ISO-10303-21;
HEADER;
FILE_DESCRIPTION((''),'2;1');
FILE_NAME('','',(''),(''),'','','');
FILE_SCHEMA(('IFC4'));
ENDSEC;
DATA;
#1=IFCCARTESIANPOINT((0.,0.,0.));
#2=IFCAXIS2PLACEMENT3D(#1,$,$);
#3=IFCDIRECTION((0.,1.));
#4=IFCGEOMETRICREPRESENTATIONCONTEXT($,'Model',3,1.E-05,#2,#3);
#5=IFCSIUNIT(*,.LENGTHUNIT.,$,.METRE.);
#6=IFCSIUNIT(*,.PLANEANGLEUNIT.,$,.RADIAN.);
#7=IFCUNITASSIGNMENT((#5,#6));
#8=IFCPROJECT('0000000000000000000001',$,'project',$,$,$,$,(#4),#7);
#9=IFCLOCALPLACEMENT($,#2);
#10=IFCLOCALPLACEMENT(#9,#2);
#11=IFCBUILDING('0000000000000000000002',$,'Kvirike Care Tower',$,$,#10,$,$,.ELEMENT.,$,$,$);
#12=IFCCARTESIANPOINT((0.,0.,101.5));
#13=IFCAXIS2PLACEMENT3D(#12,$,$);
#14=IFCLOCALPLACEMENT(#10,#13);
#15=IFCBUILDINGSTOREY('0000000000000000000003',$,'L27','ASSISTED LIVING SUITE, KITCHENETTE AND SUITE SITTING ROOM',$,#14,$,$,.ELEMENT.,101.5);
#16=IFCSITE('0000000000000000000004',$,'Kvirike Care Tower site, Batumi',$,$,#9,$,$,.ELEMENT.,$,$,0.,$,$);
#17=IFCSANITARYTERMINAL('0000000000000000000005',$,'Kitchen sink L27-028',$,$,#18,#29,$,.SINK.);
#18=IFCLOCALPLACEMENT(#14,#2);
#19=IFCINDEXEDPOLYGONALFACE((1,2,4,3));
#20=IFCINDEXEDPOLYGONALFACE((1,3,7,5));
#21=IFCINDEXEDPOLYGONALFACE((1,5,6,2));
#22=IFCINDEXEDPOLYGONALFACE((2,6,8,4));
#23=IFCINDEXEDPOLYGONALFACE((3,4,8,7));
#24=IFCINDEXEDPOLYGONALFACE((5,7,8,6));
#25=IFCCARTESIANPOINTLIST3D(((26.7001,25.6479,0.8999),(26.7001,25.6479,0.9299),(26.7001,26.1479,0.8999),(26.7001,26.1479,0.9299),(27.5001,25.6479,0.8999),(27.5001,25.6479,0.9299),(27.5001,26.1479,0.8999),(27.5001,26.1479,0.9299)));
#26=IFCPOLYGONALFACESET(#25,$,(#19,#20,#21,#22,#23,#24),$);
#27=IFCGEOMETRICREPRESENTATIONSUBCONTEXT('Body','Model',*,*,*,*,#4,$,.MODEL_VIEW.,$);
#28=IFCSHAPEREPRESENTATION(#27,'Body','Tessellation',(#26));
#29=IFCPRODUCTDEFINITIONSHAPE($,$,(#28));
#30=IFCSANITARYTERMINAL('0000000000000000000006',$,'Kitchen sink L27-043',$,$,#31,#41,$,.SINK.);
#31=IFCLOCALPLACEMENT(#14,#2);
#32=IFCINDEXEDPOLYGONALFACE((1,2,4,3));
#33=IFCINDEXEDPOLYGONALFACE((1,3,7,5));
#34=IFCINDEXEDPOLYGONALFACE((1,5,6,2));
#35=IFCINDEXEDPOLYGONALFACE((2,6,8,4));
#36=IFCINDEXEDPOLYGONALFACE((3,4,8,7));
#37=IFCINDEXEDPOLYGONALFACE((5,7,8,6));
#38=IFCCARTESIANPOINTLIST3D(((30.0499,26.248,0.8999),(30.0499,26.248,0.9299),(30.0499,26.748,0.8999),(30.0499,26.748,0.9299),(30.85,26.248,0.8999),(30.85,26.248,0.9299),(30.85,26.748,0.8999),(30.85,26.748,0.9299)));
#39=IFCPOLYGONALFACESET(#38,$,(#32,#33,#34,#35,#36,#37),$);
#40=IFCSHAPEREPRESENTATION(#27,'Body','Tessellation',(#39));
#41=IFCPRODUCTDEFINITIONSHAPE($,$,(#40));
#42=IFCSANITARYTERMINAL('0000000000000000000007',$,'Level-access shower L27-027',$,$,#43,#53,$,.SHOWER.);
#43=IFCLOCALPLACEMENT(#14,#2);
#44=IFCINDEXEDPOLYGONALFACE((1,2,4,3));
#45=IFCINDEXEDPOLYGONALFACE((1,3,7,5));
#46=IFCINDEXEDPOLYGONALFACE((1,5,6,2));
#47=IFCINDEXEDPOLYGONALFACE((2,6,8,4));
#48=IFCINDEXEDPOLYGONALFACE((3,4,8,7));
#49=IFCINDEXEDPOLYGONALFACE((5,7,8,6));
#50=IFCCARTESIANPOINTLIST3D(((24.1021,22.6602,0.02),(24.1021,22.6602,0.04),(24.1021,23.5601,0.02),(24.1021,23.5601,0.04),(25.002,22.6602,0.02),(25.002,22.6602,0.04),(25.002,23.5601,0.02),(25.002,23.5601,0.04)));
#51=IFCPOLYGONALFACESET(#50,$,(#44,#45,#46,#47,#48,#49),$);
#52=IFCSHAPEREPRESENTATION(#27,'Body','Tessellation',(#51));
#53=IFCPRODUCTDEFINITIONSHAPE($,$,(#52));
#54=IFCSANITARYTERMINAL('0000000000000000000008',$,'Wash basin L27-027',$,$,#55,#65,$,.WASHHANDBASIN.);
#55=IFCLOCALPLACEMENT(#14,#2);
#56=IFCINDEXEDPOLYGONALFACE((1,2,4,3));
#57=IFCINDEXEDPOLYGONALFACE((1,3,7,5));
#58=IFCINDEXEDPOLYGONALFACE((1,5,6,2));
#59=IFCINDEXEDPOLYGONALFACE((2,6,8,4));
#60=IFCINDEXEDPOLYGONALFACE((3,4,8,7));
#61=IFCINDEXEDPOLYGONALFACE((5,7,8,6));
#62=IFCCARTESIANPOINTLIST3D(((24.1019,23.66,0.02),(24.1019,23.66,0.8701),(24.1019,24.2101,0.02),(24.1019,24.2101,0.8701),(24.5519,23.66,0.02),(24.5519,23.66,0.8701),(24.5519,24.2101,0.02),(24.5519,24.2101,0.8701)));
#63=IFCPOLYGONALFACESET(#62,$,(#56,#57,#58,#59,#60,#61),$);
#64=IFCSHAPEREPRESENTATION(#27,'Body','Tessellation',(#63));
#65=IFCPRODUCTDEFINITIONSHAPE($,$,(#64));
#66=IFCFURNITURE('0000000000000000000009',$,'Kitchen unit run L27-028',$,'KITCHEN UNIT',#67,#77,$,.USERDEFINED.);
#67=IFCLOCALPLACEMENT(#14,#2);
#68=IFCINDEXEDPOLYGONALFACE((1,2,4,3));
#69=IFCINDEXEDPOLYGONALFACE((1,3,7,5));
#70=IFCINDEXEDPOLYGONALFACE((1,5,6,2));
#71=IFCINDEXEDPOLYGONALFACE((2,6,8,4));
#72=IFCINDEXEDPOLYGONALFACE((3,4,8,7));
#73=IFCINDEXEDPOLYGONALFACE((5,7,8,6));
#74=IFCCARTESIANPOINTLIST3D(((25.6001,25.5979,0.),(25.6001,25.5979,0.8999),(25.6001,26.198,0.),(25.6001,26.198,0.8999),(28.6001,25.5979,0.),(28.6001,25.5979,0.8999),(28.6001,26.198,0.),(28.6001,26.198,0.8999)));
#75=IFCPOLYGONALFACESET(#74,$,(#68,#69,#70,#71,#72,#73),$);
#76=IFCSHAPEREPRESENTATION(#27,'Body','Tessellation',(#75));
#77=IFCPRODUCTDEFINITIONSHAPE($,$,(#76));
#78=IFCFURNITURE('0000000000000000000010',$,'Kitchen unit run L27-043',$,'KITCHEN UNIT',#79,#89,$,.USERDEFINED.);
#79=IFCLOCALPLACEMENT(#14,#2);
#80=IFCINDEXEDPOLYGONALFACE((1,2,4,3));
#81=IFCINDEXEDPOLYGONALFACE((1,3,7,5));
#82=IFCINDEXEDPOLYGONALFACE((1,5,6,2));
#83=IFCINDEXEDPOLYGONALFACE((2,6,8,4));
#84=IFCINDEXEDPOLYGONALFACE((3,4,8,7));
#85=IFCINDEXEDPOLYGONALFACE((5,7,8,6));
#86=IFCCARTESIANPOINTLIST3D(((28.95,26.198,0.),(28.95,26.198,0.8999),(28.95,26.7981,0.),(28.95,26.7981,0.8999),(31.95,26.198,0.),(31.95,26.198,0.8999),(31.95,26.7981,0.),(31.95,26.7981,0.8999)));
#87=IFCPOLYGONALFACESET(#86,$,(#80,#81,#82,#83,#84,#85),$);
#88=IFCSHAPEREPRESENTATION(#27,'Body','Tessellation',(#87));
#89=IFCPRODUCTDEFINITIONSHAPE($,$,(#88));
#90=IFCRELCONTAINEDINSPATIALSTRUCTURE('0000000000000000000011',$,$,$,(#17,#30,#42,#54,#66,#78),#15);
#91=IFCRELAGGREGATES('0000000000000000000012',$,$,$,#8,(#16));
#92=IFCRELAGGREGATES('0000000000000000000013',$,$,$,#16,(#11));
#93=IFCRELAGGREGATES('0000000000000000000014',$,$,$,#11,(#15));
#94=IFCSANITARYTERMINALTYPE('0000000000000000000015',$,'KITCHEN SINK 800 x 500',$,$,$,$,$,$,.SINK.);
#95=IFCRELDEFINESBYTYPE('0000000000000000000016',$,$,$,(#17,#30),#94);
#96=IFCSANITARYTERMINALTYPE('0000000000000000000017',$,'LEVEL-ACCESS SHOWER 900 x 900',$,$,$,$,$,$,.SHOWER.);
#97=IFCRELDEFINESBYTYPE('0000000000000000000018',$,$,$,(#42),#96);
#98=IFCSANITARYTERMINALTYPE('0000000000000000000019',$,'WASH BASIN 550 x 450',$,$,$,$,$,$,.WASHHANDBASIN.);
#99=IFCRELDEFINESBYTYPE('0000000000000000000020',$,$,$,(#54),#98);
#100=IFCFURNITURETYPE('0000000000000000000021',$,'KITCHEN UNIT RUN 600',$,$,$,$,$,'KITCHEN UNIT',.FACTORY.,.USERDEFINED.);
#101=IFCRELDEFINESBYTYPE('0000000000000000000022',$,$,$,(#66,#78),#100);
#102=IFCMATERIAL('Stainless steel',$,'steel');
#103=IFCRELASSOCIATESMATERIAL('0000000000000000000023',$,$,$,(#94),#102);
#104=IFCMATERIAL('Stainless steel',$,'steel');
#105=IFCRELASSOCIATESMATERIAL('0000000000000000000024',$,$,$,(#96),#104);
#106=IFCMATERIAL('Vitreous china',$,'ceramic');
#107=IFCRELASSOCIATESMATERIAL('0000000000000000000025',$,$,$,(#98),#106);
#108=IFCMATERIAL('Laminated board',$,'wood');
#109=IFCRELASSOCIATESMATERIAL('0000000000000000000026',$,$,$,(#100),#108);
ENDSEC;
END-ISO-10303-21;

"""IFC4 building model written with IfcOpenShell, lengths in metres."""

from ifc_helpers import new_model, si_unit, direction, frame, origin, origin_2d, place, context, subcontext, project, spatial, rectangle, extrude, material, type_object, element, save


model = new_model("IFC4")

# Units and contexts
model_context = context("Model", 3, precision=1e-05, world=origin(), true_north=direction((0.0, 1.0)))
body_context = subcontext(model_context, "Body", "Model", "MODEL_VIEW")
ifc_project = project(units=[si_unit("LENGTHUNIT", "METRE"), si_unit("PLANEANGLEUNIT", "RADIAN")], contexts=[model_context])

# Site, building, storey
site_placement = place(None, origin())
site = spatial("IfcSite", under=ifc_project, at=site_placement, Name="Kvirike Care Tower site, Batumi", CompositionType="ELEMENT", RefElevation=0.0)
building_placement = place(site_placement, origin())
building = spatial("IfcBuilding", under=site, at=building_placement, Name="Kvirike Care Tower", CompositionType="ELEMENT")
storey_placement = place(building_placement, frame((0.0, 0.0, 101.5)))
storey = spatial("IfcBuildingStorey", under=building, at=storey_placement, Name="L27", Description="ASSISTED LIVING SUITE, KITCHENETTE AND SUITE SITTING ROOM", CompositionType="ELEMENT", Elevation=101.5)

# Sanitary terminals
ifc_material_1 = material(Name="Stainless steel", Category="steel")
sanitary_terminal_type_1 = type_object("IfcSanitaryTerminalType", Name="KITCHEN SINK 800 x 500", PredefinedType="SINK", material=ifc_material_1)
for number, where, z_axis, x_axis, name in (
    (1, (27.1001, 25.8979, 0.8999), (0.0, 0.0, 1.0), (1.0, 0.0, 0.0), "Kitchen sink L27-028"),
    (2, (30.45, 26.498, 0.8999), (0.0, 0.0, 1.0), (1.0, 0.0, 0.0), "Kitchen sink L27-043"),
):
    element("IfcSanitaryTerminal", number, at=place(storey_placement, frame(where, z_axis=z_axis, x_axis=x_axis)), inside=storey, type_object=sanitary_terminal_type_1, Name=name, PredefinedType="SINK", context=body_context, shape_type="SweptSolid", body=[
        extrude(rectangle(XDim=0.8, YDim=0.5, at=origin_2d()), origin(), (0.0, 0.0, 1.0), 0.03),
    ])
ifc_material_2 = material(Name="Stainless steel", Category="steel")
sanitary_terminal_type_2 = type_object("IfcSanitaryTerminalType", Name="LEVEL-ACCESS SHOWER 900 x 900", PredefinedType="SHOWER", material=ifc_material_2)
sanitary_terminal_1_placement = place(storey_placement, frame((24.552, 23.1101, 0.02), z_axis=(0.0, 0.0, 1.0), x_axis=(0.0, 1.0, 0.0)))
element("IfcSanitaryTerminal", 3, at=sanitary_terminal_1_placement, inside=storey, type_object=sanitary_terminal_type_2, Name="Level-access shower L27-027", PredefinedType="SHOWER", context=body_context, shape_type="SweptSolid", body=[
    extrude(rectangle(XDim=0.8999, YDim=0.8999, at=origin_2d()), origin(), (0.0, 0.0, 1.0), 0.02),
])
ifc_material_3 = material(Name="Vitreous china", Category="ceramic")
sanitary_terminal_type_3 = type_object("IfcSanitaryTerminalType", Name="WASH BASIN 550 x 450", PredefinedType="WASHHANDBASIN", material=ifc_material_3)
sanitary_terminal_2_placement = place(storey_placement, frame((24.3269, 23.9351, 0.02), z_axis=(0.0, 0.0, 1.0), x_axis=(0.0, 1.0, 0.0)))
element("IfcSanitaryTerminal", 4, at=sanitary_terminal_2_placement, inside=storey, type_object=sanitary_terminal_type_3, Name="Wash basin L27-027", PredefinedType="WASHHANDBASIN", context=body_context, shape_type="SweptSolid", body=[
    extrude(rectangle(XDim=0.55, YDim=0.45, at=origin_2d()), origin(), (0.0, 0.0, 1.0), 0.8501),
])

# Furniture
ifc_material_4 = material(Name="Laminated board", Category="wood")
furniture_type = type_object("IfcFurnitureType", Name="KITCHEN UNIT RUN 600", ElementType="KITCHEN UNIT", AssemblyPlace="FACTORY", PredefinedType="USERDEFINED", material=ifc_material_4)
for number, where, z_axis, x_axis, name in (
    (5, (27.1001, 25.8979, 0.0), (0.0, 0.0, 1.0), (1.0, 0.0, 0.0), "Kitchen unit run L27-028"),
    (6, (30.45, 26.498, 0.0), (0.0, 0.0, 1.0), (1.0, 0.0, 0.0), "Kitchen unit run L27-043"),
):
    element("IfcFurniture", number, at=place(storey_placement, frame(where, z_axis=z_axis, x_axis=x_axis)), inside=storey, type_object=furniture_type, Name=name, ObjectType="KITCHEN UNIT", PredefinedType="USERDEFINED", context=body_context, shape_type="SweptSolid", body=[
        extrude(rectangle(XDim=3.0, YDim=0.6001, at=origin_2d()), origin(), (0.0, 0.0, 1.0), 0.8999),
    ])

save(model, "model.ifc")
